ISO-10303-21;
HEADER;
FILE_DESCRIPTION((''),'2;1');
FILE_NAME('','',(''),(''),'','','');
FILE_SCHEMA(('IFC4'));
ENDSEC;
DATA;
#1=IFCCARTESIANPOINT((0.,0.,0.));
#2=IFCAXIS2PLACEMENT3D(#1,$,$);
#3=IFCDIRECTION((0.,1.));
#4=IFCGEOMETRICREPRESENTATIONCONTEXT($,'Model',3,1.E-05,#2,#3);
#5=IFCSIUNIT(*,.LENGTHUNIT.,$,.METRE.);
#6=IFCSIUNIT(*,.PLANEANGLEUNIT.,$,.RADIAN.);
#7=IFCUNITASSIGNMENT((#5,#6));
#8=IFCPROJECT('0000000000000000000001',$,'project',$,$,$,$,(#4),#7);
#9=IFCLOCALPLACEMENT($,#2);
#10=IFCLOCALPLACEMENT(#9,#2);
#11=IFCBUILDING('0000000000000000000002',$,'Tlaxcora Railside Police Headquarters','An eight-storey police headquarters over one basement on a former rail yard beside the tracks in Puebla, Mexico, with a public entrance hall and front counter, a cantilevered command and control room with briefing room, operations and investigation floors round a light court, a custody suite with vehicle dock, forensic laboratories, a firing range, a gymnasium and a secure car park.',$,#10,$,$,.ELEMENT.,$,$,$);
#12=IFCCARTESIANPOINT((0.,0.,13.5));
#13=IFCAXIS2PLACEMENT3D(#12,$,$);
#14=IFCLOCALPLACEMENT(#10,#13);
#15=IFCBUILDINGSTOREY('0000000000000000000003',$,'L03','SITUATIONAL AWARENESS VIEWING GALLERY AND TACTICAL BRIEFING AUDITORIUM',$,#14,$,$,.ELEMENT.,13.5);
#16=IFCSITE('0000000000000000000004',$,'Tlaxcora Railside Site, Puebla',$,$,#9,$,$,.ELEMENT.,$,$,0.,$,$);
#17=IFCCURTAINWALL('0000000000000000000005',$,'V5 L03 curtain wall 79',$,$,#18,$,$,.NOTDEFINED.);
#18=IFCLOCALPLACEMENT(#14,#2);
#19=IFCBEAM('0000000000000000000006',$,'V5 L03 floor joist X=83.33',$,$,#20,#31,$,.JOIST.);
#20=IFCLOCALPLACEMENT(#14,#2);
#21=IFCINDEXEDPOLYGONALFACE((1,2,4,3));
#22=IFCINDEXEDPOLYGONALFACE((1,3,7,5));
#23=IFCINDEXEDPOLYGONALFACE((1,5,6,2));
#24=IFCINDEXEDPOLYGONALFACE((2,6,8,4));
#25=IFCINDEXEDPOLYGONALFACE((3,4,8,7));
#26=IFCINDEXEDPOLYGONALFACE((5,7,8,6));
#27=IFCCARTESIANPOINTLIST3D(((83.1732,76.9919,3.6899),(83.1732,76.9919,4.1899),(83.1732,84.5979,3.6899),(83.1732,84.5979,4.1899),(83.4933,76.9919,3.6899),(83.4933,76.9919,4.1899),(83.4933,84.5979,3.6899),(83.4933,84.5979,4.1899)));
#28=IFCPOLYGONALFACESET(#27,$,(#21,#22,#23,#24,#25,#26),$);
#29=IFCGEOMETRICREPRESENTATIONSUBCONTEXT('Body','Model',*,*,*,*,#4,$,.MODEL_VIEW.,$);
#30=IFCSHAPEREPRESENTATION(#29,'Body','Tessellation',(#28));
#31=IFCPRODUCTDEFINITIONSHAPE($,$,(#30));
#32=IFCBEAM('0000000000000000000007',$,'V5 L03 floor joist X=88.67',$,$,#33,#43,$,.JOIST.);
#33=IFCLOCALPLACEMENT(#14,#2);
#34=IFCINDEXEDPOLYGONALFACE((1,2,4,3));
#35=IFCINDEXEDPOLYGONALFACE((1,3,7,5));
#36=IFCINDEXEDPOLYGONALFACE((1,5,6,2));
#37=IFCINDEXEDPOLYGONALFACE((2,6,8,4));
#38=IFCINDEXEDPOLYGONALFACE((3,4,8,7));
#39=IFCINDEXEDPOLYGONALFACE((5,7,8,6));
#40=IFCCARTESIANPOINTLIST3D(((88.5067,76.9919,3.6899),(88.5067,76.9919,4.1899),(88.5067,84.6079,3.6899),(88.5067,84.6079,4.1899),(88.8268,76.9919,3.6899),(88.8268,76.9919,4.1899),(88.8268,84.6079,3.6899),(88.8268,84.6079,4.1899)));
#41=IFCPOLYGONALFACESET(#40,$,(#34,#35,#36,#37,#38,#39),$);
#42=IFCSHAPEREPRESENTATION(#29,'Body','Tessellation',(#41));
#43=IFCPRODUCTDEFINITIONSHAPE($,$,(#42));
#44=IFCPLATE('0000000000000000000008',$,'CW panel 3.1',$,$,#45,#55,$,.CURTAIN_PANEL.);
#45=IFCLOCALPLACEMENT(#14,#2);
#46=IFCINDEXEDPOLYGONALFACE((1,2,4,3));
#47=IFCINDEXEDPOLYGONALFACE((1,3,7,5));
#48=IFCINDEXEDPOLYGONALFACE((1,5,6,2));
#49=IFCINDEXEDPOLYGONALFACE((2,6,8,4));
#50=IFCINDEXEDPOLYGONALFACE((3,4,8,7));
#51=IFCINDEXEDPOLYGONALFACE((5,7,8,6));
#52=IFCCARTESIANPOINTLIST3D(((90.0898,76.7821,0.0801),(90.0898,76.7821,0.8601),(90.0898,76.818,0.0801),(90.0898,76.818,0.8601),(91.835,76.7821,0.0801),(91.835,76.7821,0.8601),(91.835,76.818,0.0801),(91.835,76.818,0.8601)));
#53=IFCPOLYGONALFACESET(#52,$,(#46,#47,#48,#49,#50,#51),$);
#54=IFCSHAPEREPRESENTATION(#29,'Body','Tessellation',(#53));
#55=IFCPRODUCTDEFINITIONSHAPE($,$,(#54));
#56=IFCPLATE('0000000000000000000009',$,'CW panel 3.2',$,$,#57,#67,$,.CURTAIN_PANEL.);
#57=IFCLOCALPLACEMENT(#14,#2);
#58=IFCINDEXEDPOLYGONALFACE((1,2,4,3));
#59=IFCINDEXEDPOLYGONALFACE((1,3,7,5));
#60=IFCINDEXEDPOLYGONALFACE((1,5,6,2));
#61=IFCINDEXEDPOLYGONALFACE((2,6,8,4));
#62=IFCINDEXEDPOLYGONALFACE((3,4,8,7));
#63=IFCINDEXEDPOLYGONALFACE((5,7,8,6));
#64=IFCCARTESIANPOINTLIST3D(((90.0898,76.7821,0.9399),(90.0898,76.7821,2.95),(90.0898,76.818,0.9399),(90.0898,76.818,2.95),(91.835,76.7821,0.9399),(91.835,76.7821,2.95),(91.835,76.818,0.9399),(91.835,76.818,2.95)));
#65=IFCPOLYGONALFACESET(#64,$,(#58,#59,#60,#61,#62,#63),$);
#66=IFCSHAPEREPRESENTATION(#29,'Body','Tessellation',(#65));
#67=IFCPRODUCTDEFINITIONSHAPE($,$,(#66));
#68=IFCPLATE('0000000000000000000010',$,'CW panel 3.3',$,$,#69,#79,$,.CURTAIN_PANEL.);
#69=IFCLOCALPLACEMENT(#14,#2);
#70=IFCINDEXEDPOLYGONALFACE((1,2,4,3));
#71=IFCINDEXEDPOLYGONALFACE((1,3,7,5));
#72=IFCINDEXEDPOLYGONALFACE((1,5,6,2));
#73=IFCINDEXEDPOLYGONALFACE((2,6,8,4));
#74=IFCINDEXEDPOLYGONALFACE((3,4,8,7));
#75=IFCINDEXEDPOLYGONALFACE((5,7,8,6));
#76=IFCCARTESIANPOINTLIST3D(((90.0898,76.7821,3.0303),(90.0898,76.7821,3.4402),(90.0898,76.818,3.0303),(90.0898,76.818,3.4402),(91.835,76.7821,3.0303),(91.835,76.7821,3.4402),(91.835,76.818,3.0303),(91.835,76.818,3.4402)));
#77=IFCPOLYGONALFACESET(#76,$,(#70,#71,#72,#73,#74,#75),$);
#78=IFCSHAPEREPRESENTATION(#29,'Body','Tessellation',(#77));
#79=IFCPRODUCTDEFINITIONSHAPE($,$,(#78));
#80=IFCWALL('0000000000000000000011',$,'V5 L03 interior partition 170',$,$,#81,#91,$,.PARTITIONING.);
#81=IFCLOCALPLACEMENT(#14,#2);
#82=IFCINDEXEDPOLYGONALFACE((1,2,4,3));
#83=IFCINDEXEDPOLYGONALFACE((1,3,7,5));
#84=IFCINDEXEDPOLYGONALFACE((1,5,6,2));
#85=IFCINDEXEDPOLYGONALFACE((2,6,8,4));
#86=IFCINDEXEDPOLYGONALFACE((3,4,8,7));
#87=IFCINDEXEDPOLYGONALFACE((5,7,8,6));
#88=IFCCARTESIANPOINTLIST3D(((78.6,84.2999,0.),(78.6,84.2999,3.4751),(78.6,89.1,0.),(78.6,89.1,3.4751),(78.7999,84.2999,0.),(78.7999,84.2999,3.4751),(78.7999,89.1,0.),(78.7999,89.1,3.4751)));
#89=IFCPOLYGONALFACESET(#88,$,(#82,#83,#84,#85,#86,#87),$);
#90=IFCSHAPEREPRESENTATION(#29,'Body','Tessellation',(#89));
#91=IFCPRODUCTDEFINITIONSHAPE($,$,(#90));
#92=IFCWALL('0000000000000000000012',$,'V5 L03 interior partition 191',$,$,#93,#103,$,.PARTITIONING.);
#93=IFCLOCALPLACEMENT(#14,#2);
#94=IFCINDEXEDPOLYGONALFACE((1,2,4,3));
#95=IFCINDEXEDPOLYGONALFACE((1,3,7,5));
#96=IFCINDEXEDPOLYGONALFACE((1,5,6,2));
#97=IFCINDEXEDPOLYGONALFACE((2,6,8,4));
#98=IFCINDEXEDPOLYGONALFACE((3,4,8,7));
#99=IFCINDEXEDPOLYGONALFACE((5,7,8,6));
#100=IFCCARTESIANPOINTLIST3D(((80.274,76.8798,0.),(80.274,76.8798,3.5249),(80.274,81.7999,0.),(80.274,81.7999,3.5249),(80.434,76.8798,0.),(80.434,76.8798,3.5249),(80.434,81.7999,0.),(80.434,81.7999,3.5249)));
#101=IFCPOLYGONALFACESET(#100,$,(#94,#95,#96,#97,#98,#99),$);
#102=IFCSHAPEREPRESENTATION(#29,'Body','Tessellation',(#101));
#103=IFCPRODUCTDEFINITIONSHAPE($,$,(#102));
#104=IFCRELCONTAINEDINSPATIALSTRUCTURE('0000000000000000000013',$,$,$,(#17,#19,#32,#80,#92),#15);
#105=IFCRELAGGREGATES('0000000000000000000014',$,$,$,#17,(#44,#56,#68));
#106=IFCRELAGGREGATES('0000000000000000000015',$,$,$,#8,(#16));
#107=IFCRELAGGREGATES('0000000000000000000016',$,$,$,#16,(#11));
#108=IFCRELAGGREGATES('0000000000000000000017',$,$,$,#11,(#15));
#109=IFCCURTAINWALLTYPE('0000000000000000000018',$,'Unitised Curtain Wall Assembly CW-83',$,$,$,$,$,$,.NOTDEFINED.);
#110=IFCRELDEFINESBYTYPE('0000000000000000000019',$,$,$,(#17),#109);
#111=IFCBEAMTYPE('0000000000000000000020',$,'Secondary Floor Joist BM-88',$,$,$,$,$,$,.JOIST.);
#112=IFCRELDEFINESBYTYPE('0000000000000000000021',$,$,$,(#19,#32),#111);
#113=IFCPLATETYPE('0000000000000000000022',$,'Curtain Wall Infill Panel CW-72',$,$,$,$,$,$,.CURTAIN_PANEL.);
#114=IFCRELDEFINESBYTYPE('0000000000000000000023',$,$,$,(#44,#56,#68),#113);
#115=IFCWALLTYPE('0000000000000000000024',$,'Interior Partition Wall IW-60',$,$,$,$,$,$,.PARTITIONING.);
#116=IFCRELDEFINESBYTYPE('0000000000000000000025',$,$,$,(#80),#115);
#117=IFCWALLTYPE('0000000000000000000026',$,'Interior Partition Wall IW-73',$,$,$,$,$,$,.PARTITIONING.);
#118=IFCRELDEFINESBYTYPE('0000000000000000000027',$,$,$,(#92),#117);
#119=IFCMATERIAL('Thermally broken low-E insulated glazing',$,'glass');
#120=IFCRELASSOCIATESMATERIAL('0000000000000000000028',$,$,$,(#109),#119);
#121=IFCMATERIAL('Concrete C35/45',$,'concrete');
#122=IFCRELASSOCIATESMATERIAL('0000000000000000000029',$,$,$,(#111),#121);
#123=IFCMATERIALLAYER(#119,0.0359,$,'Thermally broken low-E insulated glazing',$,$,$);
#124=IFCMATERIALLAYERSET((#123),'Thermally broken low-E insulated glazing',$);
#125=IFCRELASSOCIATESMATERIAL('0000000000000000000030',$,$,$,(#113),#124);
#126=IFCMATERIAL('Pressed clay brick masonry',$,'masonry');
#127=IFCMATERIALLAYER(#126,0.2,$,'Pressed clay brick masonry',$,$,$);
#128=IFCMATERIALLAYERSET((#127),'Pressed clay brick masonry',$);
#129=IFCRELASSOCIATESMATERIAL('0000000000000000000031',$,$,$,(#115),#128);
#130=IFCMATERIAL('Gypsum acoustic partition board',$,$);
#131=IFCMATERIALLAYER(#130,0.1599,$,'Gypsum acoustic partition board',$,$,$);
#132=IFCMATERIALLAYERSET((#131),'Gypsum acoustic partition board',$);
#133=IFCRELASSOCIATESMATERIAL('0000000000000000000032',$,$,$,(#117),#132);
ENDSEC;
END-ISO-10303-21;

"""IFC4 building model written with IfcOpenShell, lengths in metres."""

from ifc_helpers import new_model, si_unit, direction, frame, frame_2d, origin, origin_2d, place, context, subcontext, project, spatial, rectangle, extrude, material, layer, layer_set, material_profile, profile_set, type_object, element, aggregate, save


model = new_model("IFC4")

# Units and contexts
model_context = context("Model", 3, precision=1e-05, world=origin(), true_north=direction((0.0, 1.0)))
body_context = subcontext(model_context, "Body", "Model", "MODEL_VIEW")
ifc_project = project(units=[si_unit("LENGTHUNIT", "METRE"), si_unit("PLANEANGLEUNIT", "RADIAN")], contexts=[model_context])

# Site, building, storey
site_placement = place(None, origin())
site = spatial("IfcSite", under=ifc_project, at=site_placement, Name="Tlaxcora Railside Site, Puebla", CompositionType="ELEMENT", RefElevation=0.0)
building_placement = place(site_placement, origin())
building = spatial("IfcBuilding", under=site, at=building_placement, Name="Tlaxcora Railside Police Headquarters", Description="An eight-storey police headquarters over one basement on a former rail yard beside the tracks in Puebla, Mexico, with a public entrance hall and front counter, a cantilevered command and control room with briefing room, operations and investigation floors round a light court, a custody suite with vehicle dock, forensic laboratories, a firing range, a gymnasium and a secure car park.", CompositionType="ELEMENT")
storey_placement = place(building_placement, frame((0.0, 0.0, 13.5)))
storey = spatial("IfcBuildingStorey", under=building, at=storey_placement, Name="L03", Description="SITUATIONAL AWARENESS VIEWING GALLERY AND TACTICAL BRIEFING AUDITORIUM", CompositionType="ELEMENT", Elevation=13.5)

# Curtain wall
ifc_material_1 = material(Name="Thermally broken low-E insulated glazing", Category="glass")
curtain_wall_type = type_object("IfcCurtainWallType", Name="Unitised Curtain Wall Assembly CW-83", PredefinedType="NOTDEFINED", material=ifc_material_1)
curtain_wall_placement = place(storey_placement, origin())
curtain_wall = element("IfcCurtainWall", 1, at=curtain_wall_placement, inside=storey, type_object=curtain_wall_type, Name="V5 L03 curtain wall 79", PredefinedType="NOTDEFINED")

# Beams
ifc_material_2 = material(Name="Concrete C35/45", Category="concrete")
ifc_material_profile_1 = material_profile(ifc_material_2, rectangle(XDim=0.3201, YDim=0.5, at=origin_2d()), Name="RC320X500")
ifc_profile_set_1 = profile_set([ifc_material_profile_1], Name="Concrete C35/45")
beam_type_1 = type_object("IfcBeamType", Name="Secondary Floor Joist BM-88", PredefinedType="JOIST", material=ifc_profile_set_1)
beam_1_placement = place(storey_placement, frame((83.3333, 76.9919, 3.9399), z_axis=(0.0, 1.0, 0.0), x_axis=(-1.0, 0.0, 0.0)))
element("IfcBeam", 2, at=beam_1_placement, inside=storey, type_object=beam_type_1, Name="V5 L03 floor joist X=83.33", PredefinedType="JOIST", context=body_context, shape_type="SweptSolid", body=[
    extrude(rectangle(XDim=0.3201, YDim=0.5, at=origin_2d()), origin(), (0.0, 0.0, 1.0), 7.606),
])
beam_2_placement = place(storey_placement, frame((88.6667, 76.9919, 3.9399), z_axis=(0.0, 1.0, 0.0), x_axis=(-1.0, 0.0, 0.0)))
element("IfcBeam", 3, at=beam_2_placement, inside=storey, type_object=beam_type_1, Name="V5 L03 floor joist X=88.67", PredefinedType="JOIST", context=body_context, shape_type="SweptSolid", body=[
    extrude(rectangle(XDim=0.3201, YDim=0.5, at=origin_2d()), origin(), (0.0, 0.0, 1.0), 7.616),
])

# Plates
ifc_layer_1 = layer(ifc_material_1, 0.0359, Name="Thermally broken low-E insulated glazing")
ifc_layer_set_1 = layer_set([ifc_layer_1], Name="Thermally broken low-E insulated glazing")
plate_type = type_object("IfcPlateType", Name="Curtain Wall Infill Panel CW-72", PredefinedType="CURTAIN_PANEL", material=ifc_layer_set_1)
plate_1_placement = place(storey_placement, frame((90.9624, 76.8, 0.0801), z_axis=(0.0, 0.0, 1.0), x_axis=(1.0, 0.0, 0.0)))
plate_1 = element("IfcPlate", 4, at=plate_1_placement, type_object=plate_type, Name="CW panel 3.1", PredefinedType="CURTAIN_PANEL", context=body_context, shape_type="SweptSolid", body=[
    extrude(rectangle(XDim=1.7451, YDim=0.0359, at=origin_2d()), origin(), (0.0, 0.0, 1.0), 0.78),
])
plate_2_placement = place(storey_placement, frame((90.9624, 76.8, 0.9399), z_axis=(0.0, 0.0, 1.0), x_axis=(1.0, 0.0, 0.0)))
plate_2 = element("IfcPlate", 5, at=plate_2_placement, type_object=plate_type, Name="CW panel 3.2", PredefinedType="CURTAIN_PANEL", context=body_context, shape_type="SweptSolid", body=[
    extrude(rectangle(XDim=1.7451, YDim=0.0359, at=origin_2d()), origin(), (0.0, 0.0, 1.0), 2.01),
])
plate_3_placement = place(storey_placement, frame((90.9624, 76.8, 3.0303), z_axis=(0.0, 0.0, 1.0), x_axis=(1.0, 0.0, 0.0)))
plate_3 = element("IfcPlate", 6, at=plate_3_placement, type_object=plate_type, Name="CW panel 3.3", PredefinedType="CURTAIN_PANEL", context=body_context, shape_type="SweptSolid", body=[
    extrude(rectangle(XDim=1.7451, YDim=0.0359, at=origin_2d()), origin(), (0.0, 0.0, 1.0), 0.4099),
])
aggregate(curtain_wall, [plate_1, plate_2, plate_3])

# Walls
ifc_material_3 = material(Name="Pressed clay brick masonry", Category="masonry")
ifc_layer_2 = layer(ifc_material_3, 0.2, Name="Pressed clay brick masonry")
ifc_layer_set_2 = layer_set([ifc_layer_2], Name="Pressed clay brick masonry")
wall_type_1 = type_object("IfcWallType", Name="Interior Partition Wall IW-60", PredefinedType="PARTITIONING", material=ifc_layer_set_2)
wall_1_placement = place(storey_placement, frame((78.7, 84.3, 0.0), z_axis=(0.0, 0.0, 1.0), x_axis=(0.0, 1.0, 0.0)))
element("IfcWall", 7, at=wall_1_placement, inside=storey, type_object=wall_type_1, Name="V5 L03 interior partition 170", PredefinedType="PARTITIONING", context=body_context, shape_type="SweptSolid", body=[
    extrude(rectangle(XDim=4.8, YDim=0.2, at=frame_2d((2.3999, 0.0))), origin(), (0.0, 0.0, 1.0), 3.4751),
])
ifc_material_4 = material(Name="Gypsum acoustic partition board")
ifc_layer_3 = layer(ifc_material_4, 0.1599, Name="Gypsum acoustic partition board")
ifc_layer_set_3 = layer_set([ifc_layer_3], Name="Gypsum acoustic partition board")
wall_type_2 = type_object("IfcWallType", Name="Interior Partition Wall IW-73", PredefinedType="PARTITIONING", material=ifc_layer_set_3)
wall_2_placement = place(storey_placement, frame((80.354, 76.8799, 0.0), z_axis=(0.0, 0.0, 1.0), x_axis=(0.0, 1.0, 0.0)))
element("IfcWall", 8, at=wall_2_placement, inside=storey, type_object=wall_type_2, Name="V5 L03 interior partition 191", PredefinedType="PARTITIONING", context=body_context, shape_type="SweptSolid", body=[
    extrude(rectangle(XDim=4.9202, YDim=0.1599, at=frame_2d((2.46, 0.0))), origin(), (0.0, 0.0, 1.0), 3.5249),
])

save(model, "model.ifc")
